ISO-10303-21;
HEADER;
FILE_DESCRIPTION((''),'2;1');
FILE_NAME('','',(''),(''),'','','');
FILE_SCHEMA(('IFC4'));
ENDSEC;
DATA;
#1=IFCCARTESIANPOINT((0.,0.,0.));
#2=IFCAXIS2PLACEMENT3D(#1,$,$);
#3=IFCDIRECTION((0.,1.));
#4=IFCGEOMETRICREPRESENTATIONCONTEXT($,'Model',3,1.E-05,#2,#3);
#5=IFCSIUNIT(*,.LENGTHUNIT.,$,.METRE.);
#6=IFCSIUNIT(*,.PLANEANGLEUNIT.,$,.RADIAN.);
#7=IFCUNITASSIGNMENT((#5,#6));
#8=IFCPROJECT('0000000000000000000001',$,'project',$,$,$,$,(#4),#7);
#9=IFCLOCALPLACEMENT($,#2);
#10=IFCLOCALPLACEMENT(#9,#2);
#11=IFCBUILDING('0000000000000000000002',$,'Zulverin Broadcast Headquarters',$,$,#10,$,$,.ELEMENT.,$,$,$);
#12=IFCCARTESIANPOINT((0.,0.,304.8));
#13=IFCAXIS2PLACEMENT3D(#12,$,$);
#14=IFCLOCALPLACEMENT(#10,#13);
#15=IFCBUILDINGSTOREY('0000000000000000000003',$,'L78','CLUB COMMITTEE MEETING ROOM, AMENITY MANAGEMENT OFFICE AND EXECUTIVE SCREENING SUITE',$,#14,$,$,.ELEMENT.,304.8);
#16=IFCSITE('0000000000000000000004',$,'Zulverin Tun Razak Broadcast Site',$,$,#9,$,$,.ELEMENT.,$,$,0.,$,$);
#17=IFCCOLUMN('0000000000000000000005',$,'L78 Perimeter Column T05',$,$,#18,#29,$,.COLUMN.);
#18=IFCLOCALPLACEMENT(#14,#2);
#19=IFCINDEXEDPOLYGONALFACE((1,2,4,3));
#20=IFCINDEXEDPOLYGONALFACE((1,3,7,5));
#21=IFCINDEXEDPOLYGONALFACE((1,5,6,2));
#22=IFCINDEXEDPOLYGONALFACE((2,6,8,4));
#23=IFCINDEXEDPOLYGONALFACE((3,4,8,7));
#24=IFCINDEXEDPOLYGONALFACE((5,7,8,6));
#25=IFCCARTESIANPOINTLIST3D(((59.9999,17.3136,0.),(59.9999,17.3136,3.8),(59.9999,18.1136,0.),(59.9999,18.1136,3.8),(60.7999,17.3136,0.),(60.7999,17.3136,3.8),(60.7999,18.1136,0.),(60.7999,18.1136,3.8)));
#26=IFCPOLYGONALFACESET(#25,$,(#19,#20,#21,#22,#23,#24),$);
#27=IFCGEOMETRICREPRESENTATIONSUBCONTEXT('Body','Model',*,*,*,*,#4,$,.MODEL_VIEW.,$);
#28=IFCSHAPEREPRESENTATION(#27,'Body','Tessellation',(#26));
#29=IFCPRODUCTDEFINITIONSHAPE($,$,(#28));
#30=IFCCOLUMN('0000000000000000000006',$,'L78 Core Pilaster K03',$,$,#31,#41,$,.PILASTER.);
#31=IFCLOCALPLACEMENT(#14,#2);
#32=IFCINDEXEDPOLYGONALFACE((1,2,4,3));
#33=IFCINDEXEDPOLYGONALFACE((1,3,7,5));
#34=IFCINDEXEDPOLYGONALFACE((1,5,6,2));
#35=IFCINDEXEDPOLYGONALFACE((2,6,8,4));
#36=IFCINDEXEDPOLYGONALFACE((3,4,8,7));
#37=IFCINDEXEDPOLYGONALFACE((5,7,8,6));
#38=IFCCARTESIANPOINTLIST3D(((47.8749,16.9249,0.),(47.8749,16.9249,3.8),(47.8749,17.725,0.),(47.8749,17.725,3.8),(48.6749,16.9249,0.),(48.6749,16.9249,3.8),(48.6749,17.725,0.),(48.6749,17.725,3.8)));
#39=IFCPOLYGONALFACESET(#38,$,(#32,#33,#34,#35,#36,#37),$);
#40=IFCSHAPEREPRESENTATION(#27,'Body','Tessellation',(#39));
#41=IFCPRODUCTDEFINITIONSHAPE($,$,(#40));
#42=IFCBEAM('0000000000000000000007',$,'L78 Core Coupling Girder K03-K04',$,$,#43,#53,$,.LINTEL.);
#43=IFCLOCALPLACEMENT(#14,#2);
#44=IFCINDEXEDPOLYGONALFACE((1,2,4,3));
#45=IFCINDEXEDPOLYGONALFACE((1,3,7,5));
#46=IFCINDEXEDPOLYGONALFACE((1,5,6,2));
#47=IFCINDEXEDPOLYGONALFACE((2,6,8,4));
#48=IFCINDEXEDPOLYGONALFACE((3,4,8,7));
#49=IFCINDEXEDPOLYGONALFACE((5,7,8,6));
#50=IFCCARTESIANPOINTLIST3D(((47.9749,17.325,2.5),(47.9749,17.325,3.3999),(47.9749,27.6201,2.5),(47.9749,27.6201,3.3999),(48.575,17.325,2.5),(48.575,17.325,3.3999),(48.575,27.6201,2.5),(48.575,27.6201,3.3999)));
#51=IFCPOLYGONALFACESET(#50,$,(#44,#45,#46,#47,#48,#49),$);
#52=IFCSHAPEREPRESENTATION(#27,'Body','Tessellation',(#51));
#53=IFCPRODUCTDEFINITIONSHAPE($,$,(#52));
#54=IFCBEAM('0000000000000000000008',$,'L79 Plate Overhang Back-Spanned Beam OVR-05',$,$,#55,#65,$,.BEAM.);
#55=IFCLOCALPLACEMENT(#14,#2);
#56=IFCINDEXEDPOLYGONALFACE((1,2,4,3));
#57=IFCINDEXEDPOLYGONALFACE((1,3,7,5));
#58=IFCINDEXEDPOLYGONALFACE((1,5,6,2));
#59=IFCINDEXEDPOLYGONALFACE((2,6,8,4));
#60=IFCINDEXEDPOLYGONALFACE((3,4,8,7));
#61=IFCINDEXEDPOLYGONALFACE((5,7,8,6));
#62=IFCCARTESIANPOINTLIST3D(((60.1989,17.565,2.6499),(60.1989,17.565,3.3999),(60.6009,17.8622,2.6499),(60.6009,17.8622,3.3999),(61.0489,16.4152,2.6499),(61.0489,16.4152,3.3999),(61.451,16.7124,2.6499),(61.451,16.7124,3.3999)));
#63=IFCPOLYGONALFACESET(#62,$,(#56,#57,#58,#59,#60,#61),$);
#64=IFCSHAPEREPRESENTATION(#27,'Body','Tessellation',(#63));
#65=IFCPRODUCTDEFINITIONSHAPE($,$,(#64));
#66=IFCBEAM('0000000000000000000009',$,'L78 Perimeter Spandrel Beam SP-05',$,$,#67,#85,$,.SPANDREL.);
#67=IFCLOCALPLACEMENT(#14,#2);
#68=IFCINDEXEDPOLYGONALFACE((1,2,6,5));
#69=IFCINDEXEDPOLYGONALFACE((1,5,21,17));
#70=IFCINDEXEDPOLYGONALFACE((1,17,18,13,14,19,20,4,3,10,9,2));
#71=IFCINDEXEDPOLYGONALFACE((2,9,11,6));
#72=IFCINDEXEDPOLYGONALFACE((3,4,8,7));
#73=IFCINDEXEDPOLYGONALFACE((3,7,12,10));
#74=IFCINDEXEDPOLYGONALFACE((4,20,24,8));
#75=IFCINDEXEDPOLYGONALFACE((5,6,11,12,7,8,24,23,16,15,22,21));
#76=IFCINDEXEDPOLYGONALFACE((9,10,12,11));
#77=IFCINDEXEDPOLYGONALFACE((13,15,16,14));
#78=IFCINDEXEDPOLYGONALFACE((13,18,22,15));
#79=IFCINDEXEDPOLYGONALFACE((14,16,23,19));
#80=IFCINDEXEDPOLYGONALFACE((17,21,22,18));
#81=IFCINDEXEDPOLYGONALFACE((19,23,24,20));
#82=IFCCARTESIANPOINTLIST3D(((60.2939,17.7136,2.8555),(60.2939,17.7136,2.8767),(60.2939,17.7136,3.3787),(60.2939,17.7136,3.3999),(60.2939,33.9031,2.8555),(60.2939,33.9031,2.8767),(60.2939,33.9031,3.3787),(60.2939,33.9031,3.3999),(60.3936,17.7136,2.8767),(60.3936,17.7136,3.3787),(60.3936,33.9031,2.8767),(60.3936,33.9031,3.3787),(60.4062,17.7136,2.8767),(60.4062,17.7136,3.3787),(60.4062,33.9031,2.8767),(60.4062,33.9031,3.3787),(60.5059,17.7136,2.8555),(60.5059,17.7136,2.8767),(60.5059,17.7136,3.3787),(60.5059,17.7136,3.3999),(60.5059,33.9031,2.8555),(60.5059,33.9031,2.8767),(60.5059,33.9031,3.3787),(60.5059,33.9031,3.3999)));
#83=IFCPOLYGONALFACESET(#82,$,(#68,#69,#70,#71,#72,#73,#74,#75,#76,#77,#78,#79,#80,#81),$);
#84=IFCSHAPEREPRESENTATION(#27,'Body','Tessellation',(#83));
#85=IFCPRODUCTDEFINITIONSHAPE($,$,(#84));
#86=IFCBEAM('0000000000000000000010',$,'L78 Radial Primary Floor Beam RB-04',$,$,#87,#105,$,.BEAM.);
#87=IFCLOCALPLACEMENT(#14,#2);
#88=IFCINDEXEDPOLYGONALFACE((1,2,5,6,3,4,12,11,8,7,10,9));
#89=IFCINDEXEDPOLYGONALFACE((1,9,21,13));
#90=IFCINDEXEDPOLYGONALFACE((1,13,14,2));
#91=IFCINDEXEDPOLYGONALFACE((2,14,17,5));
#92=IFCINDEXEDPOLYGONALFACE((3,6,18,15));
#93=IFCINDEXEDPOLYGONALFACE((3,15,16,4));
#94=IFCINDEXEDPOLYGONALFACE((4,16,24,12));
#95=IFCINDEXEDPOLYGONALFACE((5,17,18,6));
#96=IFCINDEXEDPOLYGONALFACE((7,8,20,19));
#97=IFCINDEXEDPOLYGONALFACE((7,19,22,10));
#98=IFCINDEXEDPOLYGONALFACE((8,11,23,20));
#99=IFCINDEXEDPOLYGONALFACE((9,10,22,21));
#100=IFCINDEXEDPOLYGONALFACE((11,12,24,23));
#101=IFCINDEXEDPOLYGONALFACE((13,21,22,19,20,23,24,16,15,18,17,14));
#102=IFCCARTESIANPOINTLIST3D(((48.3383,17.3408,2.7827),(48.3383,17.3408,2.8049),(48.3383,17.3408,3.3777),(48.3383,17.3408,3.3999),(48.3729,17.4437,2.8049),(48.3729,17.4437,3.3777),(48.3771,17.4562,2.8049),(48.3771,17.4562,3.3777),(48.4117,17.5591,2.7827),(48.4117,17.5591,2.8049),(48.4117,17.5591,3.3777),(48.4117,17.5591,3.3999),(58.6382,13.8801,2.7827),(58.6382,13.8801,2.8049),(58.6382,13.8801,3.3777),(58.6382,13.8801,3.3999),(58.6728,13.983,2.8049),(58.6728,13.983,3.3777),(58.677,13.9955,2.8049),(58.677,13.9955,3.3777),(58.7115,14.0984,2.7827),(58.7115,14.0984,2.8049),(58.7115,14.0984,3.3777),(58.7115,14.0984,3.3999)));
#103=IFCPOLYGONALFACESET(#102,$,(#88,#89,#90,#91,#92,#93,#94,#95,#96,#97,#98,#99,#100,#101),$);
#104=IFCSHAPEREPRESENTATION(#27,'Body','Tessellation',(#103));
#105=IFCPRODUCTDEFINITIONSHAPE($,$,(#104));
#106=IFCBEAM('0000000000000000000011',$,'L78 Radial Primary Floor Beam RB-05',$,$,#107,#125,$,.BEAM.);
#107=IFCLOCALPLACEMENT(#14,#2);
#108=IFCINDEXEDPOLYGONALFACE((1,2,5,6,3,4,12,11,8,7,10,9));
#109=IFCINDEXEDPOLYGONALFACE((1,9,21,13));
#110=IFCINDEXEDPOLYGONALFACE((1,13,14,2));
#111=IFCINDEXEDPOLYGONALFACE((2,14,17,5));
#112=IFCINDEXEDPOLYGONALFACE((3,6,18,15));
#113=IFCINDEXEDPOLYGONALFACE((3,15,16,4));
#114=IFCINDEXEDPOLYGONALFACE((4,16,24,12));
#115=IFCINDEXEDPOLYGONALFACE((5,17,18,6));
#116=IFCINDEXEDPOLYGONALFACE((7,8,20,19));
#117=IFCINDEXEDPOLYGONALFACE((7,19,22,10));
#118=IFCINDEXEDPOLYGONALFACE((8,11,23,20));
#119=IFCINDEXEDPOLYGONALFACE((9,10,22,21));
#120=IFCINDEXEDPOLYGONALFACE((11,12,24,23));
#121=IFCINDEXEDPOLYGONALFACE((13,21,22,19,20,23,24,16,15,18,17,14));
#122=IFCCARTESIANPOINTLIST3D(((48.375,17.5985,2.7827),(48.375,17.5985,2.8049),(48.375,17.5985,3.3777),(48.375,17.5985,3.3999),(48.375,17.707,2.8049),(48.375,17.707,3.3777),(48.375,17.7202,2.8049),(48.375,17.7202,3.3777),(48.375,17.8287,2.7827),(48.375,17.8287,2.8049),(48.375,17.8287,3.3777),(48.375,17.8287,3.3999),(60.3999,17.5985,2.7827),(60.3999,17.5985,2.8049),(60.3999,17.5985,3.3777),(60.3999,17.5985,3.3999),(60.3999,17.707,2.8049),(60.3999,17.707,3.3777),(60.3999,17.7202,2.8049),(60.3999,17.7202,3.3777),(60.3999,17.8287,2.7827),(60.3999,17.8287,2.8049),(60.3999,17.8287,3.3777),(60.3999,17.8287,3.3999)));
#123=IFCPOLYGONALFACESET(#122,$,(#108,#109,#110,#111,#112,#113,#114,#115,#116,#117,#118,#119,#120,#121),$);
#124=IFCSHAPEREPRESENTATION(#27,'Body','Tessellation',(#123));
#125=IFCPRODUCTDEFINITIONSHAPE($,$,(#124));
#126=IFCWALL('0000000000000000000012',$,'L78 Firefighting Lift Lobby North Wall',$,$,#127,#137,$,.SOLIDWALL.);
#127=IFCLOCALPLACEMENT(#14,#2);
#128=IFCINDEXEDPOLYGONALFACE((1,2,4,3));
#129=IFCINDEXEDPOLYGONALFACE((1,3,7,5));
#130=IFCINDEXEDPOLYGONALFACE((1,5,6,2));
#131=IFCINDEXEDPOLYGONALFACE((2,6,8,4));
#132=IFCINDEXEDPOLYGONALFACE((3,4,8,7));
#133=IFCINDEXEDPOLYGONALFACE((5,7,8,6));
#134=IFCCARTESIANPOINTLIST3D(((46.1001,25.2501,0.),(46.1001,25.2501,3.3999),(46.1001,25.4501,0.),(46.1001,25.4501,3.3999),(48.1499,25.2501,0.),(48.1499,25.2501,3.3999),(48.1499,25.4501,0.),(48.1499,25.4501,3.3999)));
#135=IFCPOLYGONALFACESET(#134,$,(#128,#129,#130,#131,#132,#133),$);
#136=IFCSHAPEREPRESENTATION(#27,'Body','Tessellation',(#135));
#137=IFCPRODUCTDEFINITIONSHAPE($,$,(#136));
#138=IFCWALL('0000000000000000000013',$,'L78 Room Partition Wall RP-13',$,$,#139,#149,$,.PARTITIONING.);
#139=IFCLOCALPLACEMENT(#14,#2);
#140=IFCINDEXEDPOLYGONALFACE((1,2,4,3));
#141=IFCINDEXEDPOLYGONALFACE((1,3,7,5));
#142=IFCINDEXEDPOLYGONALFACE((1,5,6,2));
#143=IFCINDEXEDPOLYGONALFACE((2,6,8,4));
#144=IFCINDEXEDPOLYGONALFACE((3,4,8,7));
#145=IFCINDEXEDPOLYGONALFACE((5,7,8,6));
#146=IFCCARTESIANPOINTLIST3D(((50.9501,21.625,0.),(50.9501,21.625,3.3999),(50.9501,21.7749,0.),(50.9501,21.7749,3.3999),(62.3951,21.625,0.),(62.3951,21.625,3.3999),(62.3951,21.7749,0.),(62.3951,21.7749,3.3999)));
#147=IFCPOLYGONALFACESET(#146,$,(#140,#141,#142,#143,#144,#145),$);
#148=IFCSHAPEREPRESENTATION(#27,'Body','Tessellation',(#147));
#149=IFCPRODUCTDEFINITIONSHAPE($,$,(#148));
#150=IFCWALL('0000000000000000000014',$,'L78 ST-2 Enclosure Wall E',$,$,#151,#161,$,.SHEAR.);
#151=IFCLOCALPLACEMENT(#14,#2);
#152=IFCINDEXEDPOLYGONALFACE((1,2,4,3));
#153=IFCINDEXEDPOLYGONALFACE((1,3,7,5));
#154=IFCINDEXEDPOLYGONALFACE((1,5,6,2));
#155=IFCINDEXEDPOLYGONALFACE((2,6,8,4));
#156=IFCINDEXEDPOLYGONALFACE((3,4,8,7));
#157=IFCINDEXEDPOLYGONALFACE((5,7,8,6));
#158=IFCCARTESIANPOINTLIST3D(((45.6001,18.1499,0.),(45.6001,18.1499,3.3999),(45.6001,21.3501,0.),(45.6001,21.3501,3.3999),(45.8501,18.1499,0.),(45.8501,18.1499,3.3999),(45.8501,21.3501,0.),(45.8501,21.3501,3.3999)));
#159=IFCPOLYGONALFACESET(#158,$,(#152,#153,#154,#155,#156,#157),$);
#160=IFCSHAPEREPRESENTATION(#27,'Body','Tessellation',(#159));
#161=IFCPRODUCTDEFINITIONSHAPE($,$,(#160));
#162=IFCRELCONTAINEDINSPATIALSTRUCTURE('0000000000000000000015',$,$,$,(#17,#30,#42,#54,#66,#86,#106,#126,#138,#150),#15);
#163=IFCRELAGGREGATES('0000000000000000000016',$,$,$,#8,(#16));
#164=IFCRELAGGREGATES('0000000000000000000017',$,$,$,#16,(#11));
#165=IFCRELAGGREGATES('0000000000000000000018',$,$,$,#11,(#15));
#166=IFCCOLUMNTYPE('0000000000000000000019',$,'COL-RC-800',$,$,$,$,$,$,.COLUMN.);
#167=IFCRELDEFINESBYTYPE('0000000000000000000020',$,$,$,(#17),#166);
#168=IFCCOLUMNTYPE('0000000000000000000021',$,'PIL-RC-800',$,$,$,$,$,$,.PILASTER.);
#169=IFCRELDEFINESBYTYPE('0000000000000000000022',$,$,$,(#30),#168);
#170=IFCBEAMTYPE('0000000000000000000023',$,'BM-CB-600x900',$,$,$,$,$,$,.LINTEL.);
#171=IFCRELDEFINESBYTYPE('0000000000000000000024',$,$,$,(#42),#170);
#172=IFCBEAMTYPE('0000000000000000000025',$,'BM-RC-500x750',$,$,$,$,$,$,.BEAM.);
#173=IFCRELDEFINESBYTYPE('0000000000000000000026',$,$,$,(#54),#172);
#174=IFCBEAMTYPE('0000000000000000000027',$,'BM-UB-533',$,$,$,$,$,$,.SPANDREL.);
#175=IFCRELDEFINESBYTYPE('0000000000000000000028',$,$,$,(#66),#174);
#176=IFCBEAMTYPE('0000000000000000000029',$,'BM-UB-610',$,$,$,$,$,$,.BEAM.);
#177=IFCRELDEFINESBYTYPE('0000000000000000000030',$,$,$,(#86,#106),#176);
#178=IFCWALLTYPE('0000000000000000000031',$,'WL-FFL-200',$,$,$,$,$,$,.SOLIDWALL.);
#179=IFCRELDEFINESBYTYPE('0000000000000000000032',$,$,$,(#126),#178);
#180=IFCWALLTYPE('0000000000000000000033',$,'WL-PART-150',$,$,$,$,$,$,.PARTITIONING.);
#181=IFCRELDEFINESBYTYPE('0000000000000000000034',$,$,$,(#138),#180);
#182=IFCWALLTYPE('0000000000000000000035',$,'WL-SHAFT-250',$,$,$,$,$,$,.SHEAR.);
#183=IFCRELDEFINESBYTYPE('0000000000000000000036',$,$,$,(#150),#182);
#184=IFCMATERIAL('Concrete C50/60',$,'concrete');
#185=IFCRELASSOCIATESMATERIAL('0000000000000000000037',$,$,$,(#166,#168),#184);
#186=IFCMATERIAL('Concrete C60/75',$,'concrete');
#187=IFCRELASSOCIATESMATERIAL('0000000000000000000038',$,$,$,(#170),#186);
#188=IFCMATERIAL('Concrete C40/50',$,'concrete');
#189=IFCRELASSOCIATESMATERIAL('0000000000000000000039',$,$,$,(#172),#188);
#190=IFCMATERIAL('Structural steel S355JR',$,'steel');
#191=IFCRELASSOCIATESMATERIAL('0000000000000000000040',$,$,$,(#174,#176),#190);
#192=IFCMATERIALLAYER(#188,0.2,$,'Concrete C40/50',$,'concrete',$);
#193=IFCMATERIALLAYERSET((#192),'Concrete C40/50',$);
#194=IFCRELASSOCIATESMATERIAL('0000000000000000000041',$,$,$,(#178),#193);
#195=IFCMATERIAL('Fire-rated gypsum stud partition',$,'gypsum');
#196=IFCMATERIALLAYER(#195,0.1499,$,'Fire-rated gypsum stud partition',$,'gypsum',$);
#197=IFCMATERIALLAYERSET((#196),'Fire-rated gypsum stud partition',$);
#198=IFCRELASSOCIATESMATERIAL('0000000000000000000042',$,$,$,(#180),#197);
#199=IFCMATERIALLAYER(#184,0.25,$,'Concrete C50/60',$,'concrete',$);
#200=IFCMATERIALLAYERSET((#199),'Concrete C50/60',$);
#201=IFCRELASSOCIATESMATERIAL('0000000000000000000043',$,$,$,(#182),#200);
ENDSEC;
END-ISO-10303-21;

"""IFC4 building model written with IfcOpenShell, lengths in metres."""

from ifc_helpers import new_model, si_unit, direction, frame, frame_2d, origin, origin_2d, place, context, subcontext, project, spatial, rectangle, i_section, extrude, material, layer, layer_set, material_profile, profile_set, type_object, element, save


model = new_model("IFC4")

# Units and contexts
model_context = context("Model", 3, precision=1e-05, world=origin(), true_north=direction((0.0, 1.0)))
body_context = subcontext(model_context, "Body", "Model", "MODEL_VIEW")
ifc_project = project(units=[si_unit("LENGTHUNIT", "METRE"), si_unit("PLANEANGLEUNIT", "RADIAN")], contexts=[model_context])

# Site, building, storey
site_placement = place(None, origin())
site = spatial("IfcSite", under=ifc_project, at=site_placement, Name="Zulverin Tun Razak Broadcast Site", CompositionType="ELEMENT", RefElevation=0.0)
building_placement = place(site_placement, origin())
building = spatial("IfcBuilding", under=site, at=building_placement, Name="Zulverin Broadcast Headquarters", CompositionType="ELEMENT")
storey_placement = place(building_placement, frame((0.0, 0.0, 304.8)))
storey = spatial("IfcBuildingStorey", under=building, at=storey_placement, Name="L78", Description="CLUB COMMITTEE MEETING ROOM, AMENITY MANAGEMENT OFFICE AND EXECUTIVE SCREENING SUITE", CompositionType="ELEMENT", Elevation=304.8)

# Columns
ifc_material_1 = material(Name="Concrete C50/60", Category="concrete")
ifc_material_profile_1 = material_profile(ifc_material_1, rectangle(XDim=0.8, YDim=0.8, at=origin_2d()), Name="Concrete C50/60", Category="concrete")
ifc_profile_set_1 = profile_set([ifc_material_profile_1], Name="Concrete C50/60")
column_type_1 = type_object("IfcColumnType", Name="COL-RC-800", PredefinedType="COLUMN", material=ifc_profile_set_1)
column_1_placement = place(storey_placement, frame((60.3999, 17.7136, 0.0), z_axis=(0.0, 0.0, 1.0), x_axis=(1.0, 0.0, 0.0)))
element("IfcColumn", 1, at=column_1_placement, inside=storey, type_object=column_type_1, Name="L78 Perimeter Column T05", PredefinedType="COLUMN", context=body_context, shape_type="SweptSolid", body=[
    extrude(rectangle(XDim=0.8, YDim=0.8, at=origin_2d()), origin(), (0.0, 0.0, 1.0), 3.8),
])
ifc_material_profile_2 = material_profile(ifc_material_1, rectangle(XDim=0.8, YDim=0.8, at=origin_2d()), Name="Concrete C50/60", Category="concrete")
ifc_profile_set_2 = profile_set([ifc_material_profile_2], Name="Concrete C50/60")
column_type_2 = type_object("IfcColumnType", Name="PIL-RC-800", PredefinedType="PILASTER", material=ifc_profile_set_2)
column_2_placement = place(storey_placement, frame((48.2749, 17.325, 0.0), z_axis=(0.0, 0.0, 1.0), x_axis=(1.0, 0.0, 0.0)))
element("IfcColumn", 2, at=column_2_placement, inside=storey, type_object=column_type_2, Name="L78 Core Pilaster K03", PredefinedType="PILASTER", context=body_context, shape_type="SweptSolid", body=[
    extrude(rectangle(XDim=0.8, YDim=0.8, at=origin_2d()), origin(), (0.0, 0.0, 1.0), 3.8),
])

# Beams
ifc_material_2 = material(Name="Concrete C60/75", Category="concrete")
ifc_material_profile_3 = material_profile(ifc_material_2, rectangle(XDim=0.6001, YDim=0.8999, at=origin_2d()), Name="Concrete C60/75", Category="concrete")
ifc_profile_set_3 = profile_set([ifc_material_profile_3], Name="Concrete C60/75")
beam_type_1 = type_object("IfcBeamType", Name="BM-CB-600x900", PredefinedType="LINTEL", material=ifc_profile_set_3)
beam_1_placement = place(storey_placement, frame((48.2749, 17.325, 2.95), z_axis=(0.0, 1.0, 0.0), x_axis=(-1.0, 0.0, 0.0)))
element("IfcBeam", 3, at=beam_1_placement, inside=storey, type_object=beam_type_1, Name="L78 Core Coupling Girder K03-K04", PredefinedType="LINTEL", context=body_context, shape_type="SweptSolid", body=[
    extrude(rectangle(XDim=0.6001, YDim=0.8999, at=origin_2d()), origin(), (0.0, 0.0, 1.0), 10.2952),
])
ifc_material_3 = material(Name="Concrete C40/50", Category="concrete")
ifc_material_profile_4 = material_profile(ifc_material_3, rectangle(XDim=0.5, YDim=0.75, at=origin_2d()), Name="Concrete C40/50", Category="concrete")
ifc_profile_set_4 = profile_set([ifc_material_profile_4], Name="Concrete C40/50")
beam_type_2 = type_object("IfcBeamType", Name="BM-RC-500x750", PredefinedType="BEAM", material=ifc_profile_set_4)
beam_2_placement = place(storey_placement, frame((60.3999, 17.7136, 3.0249), z_axis=(0.594468, -0.804119, 0.0), x_axis=(0.804119, 0.594468, 0.0)))
element("IfcBeam", 4, at=beam_2_placement, inside=storey, type_object=beam_type_2, Name="L79 Plate Overhang Back-Spanned Beam OVR-05", PredefinedType="BEAM", context=body_context, shape_type="SweptSolid", body=[
    extrude(rectangle(XDim=0.5, YDim=0.75, at=origin_2d()), origin(), (0.0, 0.0, 1.0), 1.4299),
])
ifc_material_4 = material(Name="Structural steel S355JR", Category="steel")
ifc_material_profile_5 = material_profile(ifc_material_4, i_section(OverallWidth=0.2119, OverallDepth=0.5444, WebThickness=0.0127, FlangeThickness=0.0212, at=origin_2d()), Name="Structural steel S355JR", Category="steel")
ifc_profile_set_5 = profile_set([ifc_material_profile_5], Name="Structural steel S355JR")
beam_type_3 = type_object("IfcBeamType", Name="BM-UB-533", PredefinedType="SPANDREL", material=ifc_profile_set_5)
beam_3_placement = place(storey_placement, frame((60.3999, 17.7136, 3.1277), z_axis=(0.0, 1.0, 0.0), x_axis=(-1.0, 0.0, 0.0)))
element("IfcBeam", 5, at=beam_3_placement, inside=storey, type_object=beam_type_3, Name="L78 Perimeter Spandrel Beam SP-05", PredefinedType="SPANDREL", context=body_context, shape_type="SweptSolid", body=[
    extrude(i_section(OverallWidth=0.2119, OverallDepth=0.5444, WebThickness=0.0127, FlangeThickness=0.0212, at=origin_2d()), origin(), (0.0, 0.0, 1.0), 16.1895),
])
ifc_material_profile_6 = material_profile(ifc_material_4, i_section(OverallWidth=0.2302, OverallDepth=0.6172, WebThickness=0.0132, FlangeThickness=0.0222, at=origin_2d()), Name="Structural steel S355JR", Category="steel")
ifc_profile_set_6 = profile_set([ifc_material_profile_6], Name="Structural steel S355JR")
beam_type_4 = type_object("IfcBeamType", Name="BM-UB-610", PredefinedType="BEAM", material=ifc_profile_set_6)
beam_4_placement = place(storey_placement, frame((48.375, 17.45, 3.0913), z_axis=(0.947923, -0.318498, 0.0), x_axis=(0.318498, 0.947923, 0.0)))
element("IfcBeam", 6, at=beam_4_placement, inside=storey, type_object=beam_type_4, Name="L78 Radial Primary Floor Beam RB-04", PredefinedType="BEAM", context=body_context, shape_type="SweptSolid", body=[
    extrude(i_section(OverallWidth=0.2302, OverallDepth=0.6172, WebThickness=0.0132, FlangeThickness=0.0222, at=origin_2d()), origin(), (0.0, 0.0, 1.0), 10.8657),
])
beam_5_placement = place(storey_placement, frame((48.375, 17.7136, 3.0913), z_axis=(1.0, 0.0, 0.0), x_axis=(0.0, 1.0, 0.0)))
element("IfcBeam", 7, at=beam_5_placement, inside=storey, type_object=beam_type_4, Name="L78 Radial Primary Floor Beam RB-05", PredefinedType="BEAM", context=body_context, shape_type="SweptSolid", body=[
    extrude(i_section(OverallWidth=0.2302, OverallDepth=0.6172, WebThickness=0.0132, FlangeThickness=0.0222, at=origin_2d()), origin(), (0.0, 0.0, 1.0), 12.0249),
])

# Walls
ifc_layer_1 = layer(ifc_material_3, 0.2, Name="Concrete C40/50", Category="concrete")
ifc_layer_set_1 = layer_set([ifc_layer_1], Name="Concrete C40/50")
wall_type_1 = type_object("IfcWallType", Name="WL-FFL-200", PredefinedType="SOLIDWALL", material=ifc_layer_set_1)
wall_1_placement = place(storey_placement, frame((46.1001, 25.3501, 0.0), z_axis=(0.0, 0.0, 1.0), x_axis=(1.0, 0.0, 0.0)))
element("IfcWall", 8, at=wall_1_placement, inside=storey, type_object=wall_type_1, Name="L78 Firefighting Lift Lobby North Wall", PredefinedType="SOLIDWALL", context=body_context, shape_type="SweptSolid", body=[
    extrude(rectangle(XDim=2.0498, YDim=0.2, at=frame_2d((1.0249, 0.0))), origin(), (0.0, 0.0, 1.0), 3.3999),
])
ifc_material_5 = material(Name="Fire-rated gypsum stud partition", Category="gypsum")
ifc_layer_2 = layer(ifc_material_5, 0.1499, Name="Fire-rated gypsum stud partition", Category="gypsum")
ifc_layer_set_2 = layer_set([ifc_layer_2], Name="Fire-rated gypsum stud partition")
wall_type_2 = type_object("IfcWallType", Name="WL-PART-150", PredefinedType="PARTITIONING", material=ifc_layer_set_2)
wall_2_placement = place(storey_placement, frame((50.95, 21.7, 0.0), z_axis=(0.0, 0.0, 1.0), x_axis=(1.0, 0.0, 0.0)))
element("IfcWall", 9, at=wall_2_placement, inside=storey, type_object=wall_type_2, Name="L78 Room Partition Wall RP-13", PredefinedType="PARTITIONING", context=body_context, shape_type="SweptSolid", body=[
    extrude(rectangle(XDim=11.4451, YDim=0.1499, at=frame_2d((5.7227, 0.0))), origin(), (0.0, 0.0, 1.0), 3.3999),
])
ifc_layer_3 = layer(ifc_material_1, 0.25, Name="Concrete C50/60", Category="concrete")
ifc_layer_set_3 = layer_set([ifc_layer_3], Name="Concrete C50/60")
wall_type_3 = type_object("IfcWallType", Name="WL-SHAFT-250", PredefinedType="SHEAR", material=ifc_layer_set_3)
wall_3_placement = place(storey_placement, frame((45.7251, 18.1499, 0.0), z_axis=(0.0, 0.0, 1.0), x_axis=(0.0, 1.0, 0.0)))
element("IfcWall", 10, at=wall_3_placement, inside=storey, type_object=wall_type_3, Name="L78 ST-2 Enclosure Wall E", PredefinedType="SHEAR", context=body_context, shape_type="SweptSolid", body=[
    extrude(rectangle(XDim=3.2002, YDim=0.25, at=frame_2d((1.6001, 0.0))), origin(), (0.0, 0.0, 1.0), 3.3999),
])

save(model, "model.ifc")
